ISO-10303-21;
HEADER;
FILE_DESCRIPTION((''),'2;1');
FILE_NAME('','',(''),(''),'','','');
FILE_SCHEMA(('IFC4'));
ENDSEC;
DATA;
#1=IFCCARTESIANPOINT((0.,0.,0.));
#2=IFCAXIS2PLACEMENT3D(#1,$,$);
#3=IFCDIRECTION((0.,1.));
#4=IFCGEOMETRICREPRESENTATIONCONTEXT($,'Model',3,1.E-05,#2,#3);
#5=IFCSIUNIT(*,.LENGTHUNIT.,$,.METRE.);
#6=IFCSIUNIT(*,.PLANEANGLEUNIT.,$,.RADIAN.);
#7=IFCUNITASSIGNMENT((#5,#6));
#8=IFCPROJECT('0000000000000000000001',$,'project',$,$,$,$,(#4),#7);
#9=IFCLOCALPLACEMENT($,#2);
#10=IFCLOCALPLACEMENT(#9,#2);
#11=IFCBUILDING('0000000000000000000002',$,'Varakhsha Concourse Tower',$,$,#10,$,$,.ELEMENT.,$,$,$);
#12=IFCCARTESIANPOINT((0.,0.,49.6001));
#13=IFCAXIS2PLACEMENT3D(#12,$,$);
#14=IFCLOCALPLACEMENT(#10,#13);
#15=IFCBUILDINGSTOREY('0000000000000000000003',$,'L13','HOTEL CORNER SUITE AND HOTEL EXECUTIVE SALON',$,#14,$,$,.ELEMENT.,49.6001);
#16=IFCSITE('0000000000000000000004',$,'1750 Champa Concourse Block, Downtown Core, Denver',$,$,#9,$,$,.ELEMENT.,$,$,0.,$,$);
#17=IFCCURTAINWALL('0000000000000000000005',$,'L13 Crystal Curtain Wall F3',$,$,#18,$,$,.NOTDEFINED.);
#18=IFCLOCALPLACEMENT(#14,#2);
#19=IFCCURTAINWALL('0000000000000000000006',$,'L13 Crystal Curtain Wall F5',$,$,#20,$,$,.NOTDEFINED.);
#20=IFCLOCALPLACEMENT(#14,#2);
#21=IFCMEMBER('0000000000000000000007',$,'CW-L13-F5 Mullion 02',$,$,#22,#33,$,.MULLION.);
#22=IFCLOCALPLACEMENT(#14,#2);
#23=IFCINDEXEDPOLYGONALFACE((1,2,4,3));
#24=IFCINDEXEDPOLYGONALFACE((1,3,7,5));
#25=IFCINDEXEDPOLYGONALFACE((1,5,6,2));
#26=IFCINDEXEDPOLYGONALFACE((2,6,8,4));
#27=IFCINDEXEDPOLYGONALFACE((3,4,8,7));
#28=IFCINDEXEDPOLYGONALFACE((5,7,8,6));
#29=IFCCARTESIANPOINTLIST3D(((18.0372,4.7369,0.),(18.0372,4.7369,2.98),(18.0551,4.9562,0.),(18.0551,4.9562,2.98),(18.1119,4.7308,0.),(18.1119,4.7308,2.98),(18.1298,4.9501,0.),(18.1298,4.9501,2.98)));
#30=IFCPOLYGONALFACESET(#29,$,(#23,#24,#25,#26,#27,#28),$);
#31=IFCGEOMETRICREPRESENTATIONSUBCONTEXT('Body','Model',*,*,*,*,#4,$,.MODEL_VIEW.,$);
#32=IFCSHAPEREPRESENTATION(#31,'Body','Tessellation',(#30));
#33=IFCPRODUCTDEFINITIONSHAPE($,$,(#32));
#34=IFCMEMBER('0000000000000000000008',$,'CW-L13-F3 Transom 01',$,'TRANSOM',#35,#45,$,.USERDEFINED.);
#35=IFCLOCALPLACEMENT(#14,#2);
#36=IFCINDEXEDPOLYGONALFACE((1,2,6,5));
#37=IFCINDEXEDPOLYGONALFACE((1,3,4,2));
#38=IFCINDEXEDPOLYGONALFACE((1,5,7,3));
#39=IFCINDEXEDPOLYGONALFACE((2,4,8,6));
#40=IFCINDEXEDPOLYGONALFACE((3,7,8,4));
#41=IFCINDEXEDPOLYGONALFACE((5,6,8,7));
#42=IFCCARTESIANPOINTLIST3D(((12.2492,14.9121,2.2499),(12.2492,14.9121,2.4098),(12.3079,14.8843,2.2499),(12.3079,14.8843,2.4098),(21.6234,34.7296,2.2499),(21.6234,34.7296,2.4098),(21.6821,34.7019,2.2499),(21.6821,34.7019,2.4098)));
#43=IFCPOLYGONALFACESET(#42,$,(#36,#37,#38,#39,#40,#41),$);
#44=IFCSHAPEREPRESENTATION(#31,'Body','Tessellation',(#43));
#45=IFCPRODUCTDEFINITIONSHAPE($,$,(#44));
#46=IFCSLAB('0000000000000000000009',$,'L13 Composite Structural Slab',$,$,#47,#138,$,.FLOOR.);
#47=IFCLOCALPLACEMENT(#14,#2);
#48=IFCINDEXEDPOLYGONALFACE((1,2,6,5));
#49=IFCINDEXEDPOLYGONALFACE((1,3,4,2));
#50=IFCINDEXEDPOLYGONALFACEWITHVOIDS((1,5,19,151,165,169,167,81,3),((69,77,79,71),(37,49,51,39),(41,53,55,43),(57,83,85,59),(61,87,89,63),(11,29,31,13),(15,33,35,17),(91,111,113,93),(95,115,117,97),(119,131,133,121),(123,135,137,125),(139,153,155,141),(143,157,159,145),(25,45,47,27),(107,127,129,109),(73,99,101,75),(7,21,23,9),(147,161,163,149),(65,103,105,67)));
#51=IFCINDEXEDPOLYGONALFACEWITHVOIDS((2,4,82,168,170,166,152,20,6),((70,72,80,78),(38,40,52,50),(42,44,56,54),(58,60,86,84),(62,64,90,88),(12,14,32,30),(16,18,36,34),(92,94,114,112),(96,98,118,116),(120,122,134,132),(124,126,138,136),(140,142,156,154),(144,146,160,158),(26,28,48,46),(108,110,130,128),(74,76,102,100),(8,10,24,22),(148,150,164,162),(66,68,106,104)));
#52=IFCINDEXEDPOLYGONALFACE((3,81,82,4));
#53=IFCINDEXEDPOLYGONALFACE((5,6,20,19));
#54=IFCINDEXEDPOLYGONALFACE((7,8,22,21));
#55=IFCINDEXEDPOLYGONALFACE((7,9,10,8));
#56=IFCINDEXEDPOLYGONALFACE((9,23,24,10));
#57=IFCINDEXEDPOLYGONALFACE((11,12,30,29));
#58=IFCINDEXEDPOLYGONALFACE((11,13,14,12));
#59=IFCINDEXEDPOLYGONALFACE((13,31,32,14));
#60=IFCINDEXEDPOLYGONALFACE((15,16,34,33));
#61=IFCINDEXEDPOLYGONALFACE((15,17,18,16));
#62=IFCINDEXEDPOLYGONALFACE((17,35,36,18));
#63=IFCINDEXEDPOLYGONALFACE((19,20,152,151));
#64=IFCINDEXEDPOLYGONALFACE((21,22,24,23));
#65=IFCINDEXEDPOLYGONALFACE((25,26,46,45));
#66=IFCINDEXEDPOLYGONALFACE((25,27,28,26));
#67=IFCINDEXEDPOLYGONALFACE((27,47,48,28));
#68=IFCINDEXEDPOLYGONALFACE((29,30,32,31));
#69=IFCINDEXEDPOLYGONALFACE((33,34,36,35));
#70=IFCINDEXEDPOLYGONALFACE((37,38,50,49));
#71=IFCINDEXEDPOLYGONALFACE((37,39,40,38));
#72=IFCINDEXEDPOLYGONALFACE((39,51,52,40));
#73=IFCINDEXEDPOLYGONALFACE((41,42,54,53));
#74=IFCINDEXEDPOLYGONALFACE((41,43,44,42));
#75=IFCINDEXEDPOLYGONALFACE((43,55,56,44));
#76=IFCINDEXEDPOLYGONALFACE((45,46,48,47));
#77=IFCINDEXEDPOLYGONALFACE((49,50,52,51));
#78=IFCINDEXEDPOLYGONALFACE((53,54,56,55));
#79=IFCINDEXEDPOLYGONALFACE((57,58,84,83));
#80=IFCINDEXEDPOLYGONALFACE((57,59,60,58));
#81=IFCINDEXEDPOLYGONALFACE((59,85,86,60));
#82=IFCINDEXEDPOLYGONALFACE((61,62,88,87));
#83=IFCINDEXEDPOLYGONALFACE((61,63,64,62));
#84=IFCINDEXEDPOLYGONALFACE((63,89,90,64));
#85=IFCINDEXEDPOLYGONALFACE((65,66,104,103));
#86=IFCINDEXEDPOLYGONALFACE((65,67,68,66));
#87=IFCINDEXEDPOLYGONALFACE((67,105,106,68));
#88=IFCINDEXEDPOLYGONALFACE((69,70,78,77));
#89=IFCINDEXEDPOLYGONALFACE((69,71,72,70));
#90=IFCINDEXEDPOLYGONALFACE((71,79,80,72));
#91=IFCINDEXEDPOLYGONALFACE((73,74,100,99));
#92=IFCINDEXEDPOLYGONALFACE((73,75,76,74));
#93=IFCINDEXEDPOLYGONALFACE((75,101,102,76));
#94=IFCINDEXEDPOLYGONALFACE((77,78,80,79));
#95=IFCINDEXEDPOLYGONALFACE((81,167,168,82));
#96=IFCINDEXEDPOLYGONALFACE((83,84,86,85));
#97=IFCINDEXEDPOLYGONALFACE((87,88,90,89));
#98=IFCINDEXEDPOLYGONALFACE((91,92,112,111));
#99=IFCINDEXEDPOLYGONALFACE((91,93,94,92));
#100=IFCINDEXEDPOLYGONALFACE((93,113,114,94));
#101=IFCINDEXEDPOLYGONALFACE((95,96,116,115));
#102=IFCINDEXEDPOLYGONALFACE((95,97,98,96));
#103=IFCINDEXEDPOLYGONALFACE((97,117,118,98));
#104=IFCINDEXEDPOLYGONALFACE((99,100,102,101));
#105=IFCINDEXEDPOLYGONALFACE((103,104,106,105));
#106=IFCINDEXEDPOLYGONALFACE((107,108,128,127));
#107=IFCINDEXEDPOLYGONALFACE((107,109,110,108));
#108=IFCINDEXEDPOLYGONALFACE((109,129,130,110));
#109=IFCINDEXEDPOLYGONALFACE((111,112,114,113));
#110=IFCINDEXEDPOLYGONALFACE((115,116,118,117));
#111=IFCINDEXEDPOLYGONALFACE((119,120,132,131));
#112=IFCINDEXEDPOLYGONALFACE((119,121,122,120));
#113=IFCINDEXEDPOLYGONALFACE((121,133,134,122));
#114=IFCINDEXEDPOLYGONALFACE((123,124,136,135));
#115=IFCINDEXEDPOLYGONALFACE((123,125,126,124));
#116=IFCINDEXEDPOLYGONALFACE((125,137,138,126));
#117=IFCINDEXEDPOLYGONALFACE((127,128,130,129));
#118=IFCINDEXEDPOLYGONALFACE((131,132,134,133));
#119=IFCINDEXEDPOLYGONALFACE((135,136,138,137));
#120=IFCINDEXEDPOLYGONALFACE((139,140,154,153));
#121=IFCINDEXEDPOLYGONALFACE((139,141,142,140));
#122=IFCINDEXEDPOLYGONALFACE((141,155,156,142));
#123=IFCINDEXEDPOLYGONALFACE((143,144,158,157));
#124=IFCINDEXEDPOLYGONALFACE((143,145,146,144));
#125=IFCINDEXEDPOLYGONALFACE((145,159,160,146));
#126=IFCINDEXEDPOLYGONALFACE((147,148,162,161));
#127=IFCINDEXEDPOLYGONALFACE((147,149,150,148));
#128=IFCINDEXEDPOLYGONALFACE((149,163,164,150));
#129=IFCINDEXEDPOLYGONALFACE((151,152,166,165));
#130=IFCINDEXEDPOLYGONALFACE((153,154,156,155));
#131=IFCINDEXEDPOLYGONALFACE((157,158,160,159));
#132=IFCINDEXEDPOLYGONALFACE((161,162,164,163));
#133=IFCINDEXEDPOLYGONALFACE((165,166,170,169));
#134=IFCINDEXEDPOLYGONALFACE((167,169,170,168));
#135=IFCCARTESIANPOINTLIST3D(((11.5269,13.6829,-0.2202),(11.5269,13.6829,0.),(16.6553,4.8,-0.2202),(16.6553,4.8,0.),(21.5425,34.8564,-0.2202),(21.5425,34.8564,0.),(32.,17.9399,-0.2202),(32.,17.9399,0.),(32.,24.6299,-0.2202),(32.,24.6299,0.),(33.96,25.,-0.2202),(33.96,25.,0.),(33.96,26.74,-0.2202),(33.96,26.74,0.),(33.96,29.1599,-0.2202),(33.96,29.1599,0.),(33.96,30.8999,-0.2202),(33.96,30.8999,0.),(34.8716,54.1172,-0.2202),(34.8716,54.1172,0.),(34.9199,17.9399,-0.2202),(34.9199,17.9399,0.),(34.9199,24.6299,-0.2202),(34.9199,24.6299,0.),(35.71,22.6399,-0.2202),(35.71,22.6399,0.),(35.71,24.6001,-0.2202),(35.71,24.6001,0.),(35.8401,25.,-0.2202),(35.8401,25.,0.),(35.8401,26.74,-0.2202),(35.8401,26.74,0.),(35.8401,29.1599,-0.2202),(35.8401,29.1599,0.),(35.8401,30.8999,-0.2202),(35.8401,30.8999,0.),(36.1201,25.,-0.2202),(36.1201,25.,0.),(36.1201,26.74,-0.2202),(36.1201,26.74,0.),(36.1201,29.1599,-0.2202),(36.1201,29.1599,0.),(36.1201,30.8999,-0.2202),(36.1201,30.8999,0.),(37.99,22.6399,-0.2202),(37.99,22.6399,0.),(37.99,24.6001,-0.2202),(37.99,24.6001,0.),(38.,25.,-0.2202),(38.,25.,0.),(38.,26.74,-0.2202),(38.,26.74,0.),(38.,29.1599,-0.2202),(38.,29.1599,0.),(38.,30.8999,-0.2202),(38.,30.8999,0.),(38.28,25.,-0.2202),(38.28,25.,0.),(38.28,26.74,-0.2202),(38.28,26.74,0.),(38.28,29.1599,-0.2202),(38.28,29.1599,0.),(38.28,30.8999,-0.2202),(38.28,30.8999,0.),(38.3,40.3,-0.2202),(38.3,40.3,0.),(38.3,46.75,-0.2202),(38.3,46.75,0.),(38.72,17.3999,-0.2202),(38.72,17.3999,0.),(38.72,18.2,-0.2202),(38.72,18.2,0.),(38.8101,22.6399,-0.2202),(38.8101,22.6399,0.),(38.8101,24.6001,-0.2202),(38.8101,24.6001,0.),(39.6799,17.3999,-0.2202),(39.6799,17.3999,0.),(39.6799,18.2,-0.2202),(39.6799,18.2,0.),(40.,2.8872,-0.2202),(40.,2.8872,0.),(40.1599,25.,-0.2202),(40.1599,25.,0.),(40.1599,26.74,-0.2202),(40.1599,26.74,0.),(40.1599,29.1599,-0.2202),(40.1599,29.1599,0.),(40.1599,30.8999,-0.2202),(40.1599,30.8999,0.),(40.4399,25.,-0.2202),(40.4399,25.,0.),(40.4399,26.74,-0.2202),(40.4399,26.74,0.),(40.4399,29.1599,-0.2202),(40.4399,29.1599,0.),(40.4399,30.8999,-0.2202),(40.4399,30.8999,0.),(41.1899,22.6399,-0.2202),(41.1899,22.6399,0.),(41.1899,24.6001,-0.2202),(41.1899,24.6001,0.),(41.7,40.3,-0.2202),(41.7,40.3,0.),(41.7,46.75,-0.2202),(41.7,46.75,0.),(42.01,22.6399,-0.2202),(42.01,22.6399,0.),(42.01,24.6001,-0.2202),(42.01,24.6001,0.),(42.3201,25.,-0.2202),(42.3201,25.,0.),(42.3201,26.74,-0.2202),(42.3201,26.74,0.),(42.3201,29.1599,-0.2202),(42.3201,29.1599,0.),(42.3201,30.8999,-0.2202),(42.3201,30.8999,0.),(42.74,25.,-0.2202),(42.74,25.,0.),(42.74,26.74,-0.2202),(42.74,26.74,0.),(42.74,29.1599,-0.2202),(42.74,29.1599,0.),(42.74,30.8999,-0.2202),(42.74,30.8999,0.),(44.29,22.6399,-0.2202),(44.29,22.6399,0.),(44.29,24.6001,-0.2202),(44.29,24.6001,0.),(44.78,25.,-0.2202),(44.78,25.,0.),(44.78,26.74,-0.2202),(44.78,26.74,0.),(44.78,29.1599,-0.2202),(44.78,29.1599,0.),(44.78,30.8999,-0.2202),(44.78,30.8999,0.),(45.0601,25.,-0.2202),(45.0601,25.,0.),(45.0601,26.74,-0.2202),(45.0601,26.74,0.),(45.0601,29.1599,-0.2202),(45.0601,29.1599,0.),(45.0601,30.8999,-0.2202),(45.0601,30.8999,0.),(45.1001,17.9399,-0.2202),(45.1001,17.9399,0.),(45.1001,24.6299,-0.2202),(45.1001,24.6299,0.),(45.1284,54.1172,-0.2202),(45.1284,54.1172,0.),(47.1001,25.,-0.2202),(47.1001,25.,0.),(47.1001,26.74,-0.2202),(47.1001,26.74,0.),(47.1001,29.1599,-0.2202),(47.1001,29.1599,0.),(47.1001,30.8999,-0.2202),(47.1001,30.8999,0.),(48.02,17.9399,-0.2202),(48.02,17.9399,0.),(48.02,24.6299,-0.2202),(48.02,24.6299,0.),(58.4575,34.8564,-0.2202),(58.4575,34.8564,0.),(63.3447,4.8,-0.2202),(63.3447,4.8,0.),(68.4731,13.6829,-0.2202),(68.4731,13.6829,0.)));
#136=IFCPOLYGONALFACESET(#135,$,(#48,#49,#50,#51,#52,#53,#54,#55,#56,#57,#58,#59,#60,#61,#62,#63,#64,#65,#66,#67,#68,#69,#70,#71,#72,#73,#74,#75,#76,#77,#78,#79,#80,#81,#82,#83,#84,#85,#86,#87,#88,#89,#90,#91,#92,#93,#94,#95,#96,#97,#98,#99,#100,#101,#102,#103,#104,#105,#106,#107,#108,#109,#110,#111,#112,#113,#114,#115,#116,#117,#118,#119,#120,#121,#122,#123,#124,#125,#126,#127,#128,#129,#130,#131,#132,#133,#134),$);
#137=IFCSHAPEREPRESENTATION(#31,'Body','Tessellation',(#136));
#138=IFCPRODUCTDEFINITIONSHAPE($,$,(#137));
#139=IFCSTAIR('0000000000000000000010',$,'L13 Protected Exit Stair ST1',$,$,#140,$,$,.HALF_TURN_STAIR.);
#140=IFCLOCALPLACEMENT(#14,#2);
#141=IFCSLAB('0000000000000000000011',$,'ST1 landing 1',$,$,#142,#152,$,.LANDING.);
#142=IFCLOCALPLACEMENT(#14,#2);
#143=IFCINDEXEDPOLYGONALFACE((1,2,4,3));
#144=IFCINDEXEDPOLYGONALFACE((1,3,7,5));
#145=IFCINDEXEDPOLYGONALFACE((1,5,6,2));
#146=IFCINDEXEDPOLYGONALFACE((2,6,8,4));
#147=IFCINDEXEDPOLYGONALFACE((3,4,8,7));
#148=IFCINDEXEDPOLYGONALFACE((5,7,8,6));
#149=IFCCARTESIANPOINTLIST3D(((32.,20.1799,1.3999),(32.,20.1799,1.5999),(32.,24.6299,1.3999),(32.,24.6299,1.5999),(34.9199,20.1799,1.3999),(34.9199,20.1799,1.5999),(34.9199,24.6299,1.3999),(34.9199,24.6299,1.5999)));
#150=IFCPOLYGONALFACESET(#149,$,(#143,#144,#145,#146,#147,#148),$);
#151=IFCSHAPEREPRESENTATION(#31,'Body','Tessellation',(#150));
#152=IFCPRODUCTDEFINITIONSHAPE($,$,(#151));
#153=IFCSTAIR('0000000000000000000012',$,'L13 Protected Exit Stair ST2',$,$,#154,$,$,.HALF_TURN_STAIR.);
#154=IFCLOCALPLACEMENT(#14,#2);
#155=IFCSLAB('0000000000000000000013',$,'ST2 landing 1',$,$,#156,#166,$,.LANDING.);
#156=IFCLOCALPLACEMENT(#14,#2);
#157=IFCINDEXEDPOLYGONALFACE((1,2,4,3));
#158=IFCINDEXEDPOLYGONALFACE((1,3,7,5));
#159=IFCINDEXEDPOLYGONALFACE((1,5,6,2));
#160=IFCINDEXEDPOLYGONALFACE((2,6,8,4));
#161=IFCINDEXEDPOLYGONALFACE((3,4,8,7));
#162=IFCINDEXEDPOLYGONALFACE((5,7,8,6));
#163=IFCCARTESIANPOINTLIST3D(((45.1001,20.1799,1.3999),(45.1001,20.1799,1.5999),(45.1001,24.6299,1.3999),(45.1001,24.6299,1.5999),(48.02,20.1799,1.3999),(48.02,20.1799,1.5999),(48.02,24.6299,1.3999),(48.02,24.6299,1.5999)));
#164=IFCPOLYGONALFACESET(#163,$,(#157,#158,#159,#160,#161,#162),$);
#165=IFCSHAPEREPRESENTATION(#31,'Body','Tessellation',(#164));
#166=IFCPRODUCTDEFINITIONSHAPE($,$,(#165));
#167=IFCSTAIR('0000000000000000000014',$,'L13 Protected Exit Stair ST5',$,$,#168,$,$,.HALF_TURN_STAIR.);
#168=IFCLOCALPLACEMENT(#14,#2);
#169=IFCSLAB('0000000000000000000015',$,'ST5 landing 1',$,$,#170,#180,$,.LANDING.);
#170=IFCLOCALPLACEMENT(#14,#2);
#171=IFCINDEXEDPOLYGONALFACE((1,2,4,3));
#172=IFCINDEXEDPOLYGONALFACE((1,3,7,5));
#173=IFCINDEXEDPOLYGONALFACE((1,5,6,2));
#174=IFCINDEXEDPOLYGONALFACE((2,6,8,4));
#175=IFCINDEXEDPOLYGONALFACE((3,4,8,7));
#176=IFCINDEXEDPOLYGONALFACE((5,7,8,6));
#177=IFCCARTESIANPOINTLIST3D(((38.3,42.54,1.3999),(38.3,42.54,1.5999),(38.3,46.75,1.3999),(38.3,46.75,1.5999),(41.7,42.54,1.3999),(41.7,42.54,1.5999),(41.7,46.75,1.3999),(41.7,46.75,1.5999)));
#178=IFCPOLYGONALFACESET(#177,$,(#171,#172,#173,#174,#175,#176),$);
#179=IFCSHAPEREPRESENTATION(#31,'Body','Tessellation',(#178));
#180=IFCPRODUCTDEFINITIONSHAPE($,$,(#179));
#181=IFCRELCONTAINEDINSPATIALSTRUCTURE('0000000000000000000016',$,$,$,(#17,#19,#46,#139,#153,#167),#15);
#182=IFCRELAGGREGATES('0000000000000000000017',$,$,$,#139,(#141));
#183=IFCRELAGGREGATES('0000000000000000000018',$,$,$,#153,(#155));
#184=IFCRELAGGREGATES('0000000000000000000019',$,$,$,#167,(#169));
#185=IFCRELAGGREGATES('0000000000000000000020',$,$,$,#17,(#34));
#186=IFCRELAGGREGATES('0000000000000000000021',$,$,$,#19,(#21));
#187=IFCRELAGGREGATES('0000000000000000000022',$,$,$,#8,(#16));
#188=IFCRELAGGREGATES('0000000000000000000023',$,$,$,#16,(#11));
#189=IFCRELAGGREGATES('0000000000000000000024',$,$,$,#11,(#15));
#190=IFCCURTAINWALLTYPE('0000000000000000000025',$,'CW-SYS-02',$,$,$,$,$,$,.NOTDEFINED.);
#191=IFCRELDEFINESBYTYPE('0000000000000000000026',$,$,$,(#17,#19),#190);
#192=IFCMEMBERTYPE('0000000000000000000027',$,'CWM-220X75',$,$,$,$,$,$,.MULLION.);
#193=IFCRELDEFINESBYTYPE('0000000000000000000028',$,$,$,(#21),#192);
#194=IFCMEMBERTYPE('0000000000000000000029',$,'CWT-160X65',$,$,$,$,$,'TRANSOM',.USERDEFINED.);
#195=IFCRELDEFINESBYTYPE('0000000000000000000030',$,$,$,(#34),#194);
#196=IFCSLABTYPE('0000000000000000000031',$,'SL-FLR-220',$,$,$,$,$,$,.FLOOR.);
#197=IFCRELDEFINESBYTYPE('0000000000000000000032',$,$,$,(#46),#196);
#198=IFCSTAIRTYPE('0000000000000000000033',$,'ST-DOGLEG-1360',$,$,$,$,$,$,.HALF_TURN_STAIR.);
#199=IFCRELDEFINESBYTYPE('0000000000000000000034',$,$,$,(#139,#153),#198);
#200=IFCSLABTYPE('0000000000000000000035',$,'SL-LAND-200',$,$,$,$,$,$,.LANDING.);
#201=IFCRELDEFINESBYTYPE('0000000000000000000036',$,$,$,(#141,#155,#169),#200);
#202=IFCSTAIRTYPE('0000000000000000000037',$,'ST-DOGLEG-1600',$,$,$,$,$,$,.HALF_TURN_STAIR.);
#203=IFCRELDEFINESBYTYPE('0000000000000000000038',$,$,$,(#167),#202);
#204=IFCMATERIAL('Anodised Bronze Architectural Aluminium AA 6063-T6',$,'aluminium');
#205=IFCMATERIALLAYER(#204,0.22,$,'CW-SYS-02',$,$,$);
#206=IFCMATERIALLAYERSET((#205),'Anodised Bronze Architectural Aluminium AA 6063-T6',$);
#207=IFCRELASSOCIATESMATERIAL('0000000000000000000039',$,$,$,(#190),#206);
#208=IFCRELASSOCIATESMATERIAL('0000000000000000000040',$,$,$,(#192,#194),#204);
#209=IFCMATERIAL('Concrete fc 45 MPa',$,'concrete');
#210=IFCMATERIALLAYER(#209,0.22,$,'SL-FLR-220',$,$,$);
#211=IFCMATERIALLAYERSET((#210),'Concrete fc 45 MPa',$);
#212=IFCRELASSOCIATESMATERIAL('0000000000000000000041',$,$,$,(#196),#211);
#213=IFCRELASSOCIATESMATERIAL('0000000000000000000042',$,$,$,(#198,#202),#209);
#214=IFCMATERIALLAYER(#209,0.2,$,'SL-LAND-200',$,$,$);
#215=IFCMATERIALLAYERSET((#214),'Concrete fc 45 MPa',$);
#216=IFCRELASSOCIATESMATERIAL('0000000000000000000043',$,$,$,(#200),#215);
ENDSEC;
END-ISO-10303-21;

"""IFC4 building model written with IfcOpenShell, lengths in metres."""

from ifc_helpers import new_model, si_unit, direction, frame, origin, origin_2d, place, context, subcontext, project, spatial, polyline, rectangle, outline, extrude, source, transform, mapped, material, layer, layer_set, material_profile, profile_set, type_object, type_shapes, element, aggregate, save


model = new_model("IFC4")

# Units and contexts
model_context = context("Model", 3, precision=1e-05, world=origin(), true_north=direction((0.0, 1.0)))
body_context = subcontext(model_context, "Body", "Model", "MODEL_VIEW")
ifc_project = project(units=[si_unit("LENGTHUNIT", "METRE"), si_unit("PLANEANGLEUNIT", "RADIAN")], contexts=[model_context])

# Site, building, storey
site_placement = place(None, origin())
site = spatial("IfcSite", under=ifc_project, at=site_placement, Name="1750 Champa Concourse Block, Downtown Core, Denver", CompositionType="ELEMENT", RefElevation=0.0)
building_placement = place(site_placement, origin())
building = spatial("IfcBuilding", under=site, at=building_placement, Name="Varakhsha Concourse Tower", CompositionType="ELEMENT")
storey_placement = place(building_placement, frame((0.0, 0.0, 49.6001)))
storey = spatial("IfcBuildingStorey", under=building, at=storey_placement, Name="L13", Description="HOTEL CORNER SUITE AND HOTEL EXECUTIVE SALON", CompositionType="ELEMENT", Elevation=49.6001)

# Curtain walls, member
ifc_material_1 = material(Name="Anodised Bronze Architectural Aluminium AA 6063-T6", Category="aluminium")
ifc_layer_1 = layer(ifc_material_1, 0.22, Name="CW-SYS-02")
ifc_layer_set_1 = layer_set([ifc_layer_1], Name="Anodised Bronze Architectural Aluminium AA 6063-T6")
curtain_wall_type = type_object("IfcCurtainWallType", Name="CW-SYS-02", PredefinedType="NOTDEFINED", material=ifc_layer_set_1)
curtain_wall_1_placement = place(storey_placement, origin())
curtain_wall_1 = element("IfcCurtainWall", 1, at=curtain_wall_1_placement, inside=storey, type_object=curtain_wall_type, Name="L13 Crystal Curtain Wall F3", PredefinedType="NOTDEFINED")
ifc_material_profile_1 = material_profile(ifc_material_1, rectangle(XDim=0.075, YDim=0.22, at=origin_2d()), Name="CWM-220X75")
ifc_profile_set_1 = profile_set([ifc_material_profile_1], Name="Anodised Bronze Architectural Aluminium AA 6063-T6")
member_type_1 = type_object("IfcMemberType", Name="CWM-220X75", PredefinedType="MULLION", material=ifc_profile_set_1)
shared_shape_1 = source(origin(), body_context, "Body", "SweptSolid", [
    extrude(rectangle(XDim=0.075, YDim=0.22, at=origin_2d()), origin(), (0.0, 0.0, 1.0), 2.98),
])
type_shapes(member_type_1, [shared_shape_1])
curtain_wall_2_placement = place(storey_placement, origin())
curtain_wall_2 = element("IfcCurtainWall", 2, at=curtain_wall_2_placement, inside=storey, type_object=curtain_wall_type, Name="L13 Crystal Curtain Wall F5", PredefinedType="NOTDEFINED")
member_1_placement = place(storey_placement, frame((18.0835, 4.8435, 0.0), z_axis=(0.0, 0.0, 1.0), x_axis=(-0.99666, 0.081664, 0.0)))
member_1 = element("IfcMember", 3, at=member_1_placement, type_object=member_type_1, Name="CW-L13-F5 Mullion 02", PredefinedType="MULLION", context=body_context, shape_type="MappedRepresentation", body=[
    mapped(shared_shape_1, transform((0.0, 0.0, 0.0), scale=1.0)),
])

# Member
ifc_material_profile_2 = material_profile(ifc_material_1, rectangle(XDim=0.0649, YDim=0.1599, at=origin_2d()), Name="CWT-160X65")
ifc_profile_set_2 = profile_set([ifc_material_profile_2], Name="Anodised Bronze Architectural Aluminium AA 6063-T6")
member_type_2 = type_object("IfcMemberType", Name="CWT-160X65", ElementType="TRANSOM", PredefinedType="USERDEFINED", material=ifc_profile_set_2)
shared_shape_2 = source(origin(), body_context, "Body", "SweptSolid", [
    extrude(rectangle(XDim=0.0649, YDim=0.1599, at=origin_2d()), origin(), (0.0, 0.0, 1.0), 21.9229),
])
type_shapes(member_type_2, [shared_shape_2])
member_2_placement = place(storey_placement, frame((12.2786, 14.8982, 2.3298), z_axis=(0.427601, 0.903968, 0.0), x_axis=(-0.903968, 0.427601, 0.0)))
member_2 = element("IfcMember", 4, at=member_2_placement, type_object=member_type_2, Name="CW-L13-F3 Transom 01", ObjectType="TRANSOM", PredefinedType="USERDEFINED", context=body_context, shape_type="MappedRepresentation", body=[
    mapped(shared_shape_2, transform((0.0, 0.0, 0.0), scale=1.0)),
])

# Slab
ifc_material_2 = material(Name="Concrete fc 45 MPa", Category="concrete")
ifc_layer_2 = layer(ifc_material_2, 0.22, Name="SL-FLR-220")
ifc_layer_set_2 = layer_set([ifc_layer_2], Name="Concrete fc 45 MPa")
slab_type_1 = type_object("IfcSlabType", Name="SL-FLR-220", PredefinedType="FLOOR", material=ifc_layer_set_2)
slab_1_placement = place(storey_placement, frame((0.0, 0.0, -0.2202)))
element("IfcSlab", 5, at=slab_1_placement, inside=storey, type_object=slab_type_1, Name="L13 Composite Structural Slab", PredefinedType="FLOOR", context=body_context, shape_type="SweptSolid", body=[
    extrude(outline(polyline([(45.1284, 54.1172), (34.8716, 54.1172), (21.5425, 34.8564), (11.5269, 13.6829), (16.6553, 4.8), (40.0, 2.8872), (63.3447, 4.8), (68.4731, 13.6829), (58.4575, 34.8564), (45.1284, 54.1172)]), holes=[polyline([(34.9199, 17.9399), (34.9199, 24.6299), (32.0, 24.6299), (32.0, 17.9399), (34.9199, 17.9399)]), polyline([(48.02, 17.9399), (48.02, 24.6299), (45.1001, 24.6299), (45.1001, 17.9399), (48.02, 17.9399)]), polyline([(41.7, 40.3), (41.7, 46.75), (38.3, 46.75), (38.3, 40.3), (41.7, 40.3)]), polyline([(33.96, 29.1599), (35.8401, 29.1599), (35.8401, 30.8999), (33.96, 30.8999), (33.96, 29.1599)]), polyline([(36.1201, 29.1599), (38.0, 29.1599), (38.0, 30.8999), (36.1201, 30.8999), (36.1201, 29.1599)]), polyline([(38.28, 29.1599), (40.1599, 29.1599), (40.1599, 30.8999), (38.28, 30.8999), (38.28, 29.1599)]), polyline([(40.4399, 29.1599), (42.3201, 29.1599), (42.3201, 30.8999), (40.4399, 30.8999), (40.4399, 29.1599)]), polyline([(33.96, 25.0), (35.8401, 25.0), (35.8401, 26.74), (33.96, 26.74), (33.96, 25.0)]), polyline([(36.1201, 25.0), (38.0, 25.0), (38.0, 26.74), (36.1201, 26.74), (36.1201, 25.0)]), polyline([(38.28, 25.0), (40.1599, 25.0), (40.1599, 26.74), (38.28, 26.74), (38.28, 25.0)]), polyline([(40.4399, 25.0), (42.3201, 25.0), (42.3201, 26.74), (40.4399, 26.74), (40.4399, 25.0)]), polyline([(42.74, 29.1599), (44.78, 29.1599), (44.78, 30.8999), (42.74, 30.8999), (42.74, 29.1599)]), polyline([(45.0601, 29.1599), (47.1001, 29.1599), (47.1001, 30.8999), (45.0601, 30.8999), (45.0601, 29.1599)]), polyline([(42.74, 25.0), (44.78, 25.0), (44.78, 26.74), (42.74, 26.74), (42.74, 25.0)]), polyline([(45.0601, 25.0), (47.1001, 25.0), (47.1001, 26.74), (45.0601, 26.74), (45.0601, 25.0)]), polyline([(35.71, 22.6399), (37.99, 22.6399), (37.99, 24.6001), (35.71, 24.6001), (35.71, 22.6399)]), polyline([(42.01, 22.6399), (44.29, 22.6399), (44.29, 24.6001), (42.01, 24.6001), (42.01, 22.6399)]), polyline([(38.8101, 22.6399), (41.1899, 22.6399), (41.1899, 24.6001), (38.8101, 24.6001), (38.8101, 22.6399)]), polyline([(38.72, 17.3999), (39.6799, 17.3999), (39.6799, 18.2), (38.72, 18.2), (38.72, 17.3999)])]), origin(), (0.0, 0.0, 1.0), 0.2202),
])

# Stairs, slabs
stair_type_1 = type_object("IfcStairType", Name="ST-DOGLEG-1360", PredefinedType="HALF_TURN_STAIR", material=ifc_material_2)
stair_1_placement = place(storey_placement, origin())
stair_1 = element("IfcStair", 6, at=stair_1_placement, inside=storey, type_object=stair_type_1, Name="L13 Protected Exit Stair ST1", PredefinedType="HALF_TURN_STAIR")
ifc_layer_3 = layer(ifc_material_2, 0.2, Name="SL-LAND-200")
ifc_layer_set_3 = layer_set([ifc_layer_3], Name="Concrete fc 45 MPa")
slab_type_2 = type_object("IfcSlabType", Name="SL-LAND-200", PredefinedType="LANDING", material=ifc_layer_set_3)
slab_2_placement = place(storey_placement, frame((0.0, 0.0, 1.3999)))
slab_2 = element("IfcSlab", 7, at=slab_2_placement, type_object=slab_type_2, Name="ST1 landing 1", PredefinedType="LANDING", context=body_context, shape_type="SweptSolid", body=[
    extrude(outline(polyline([(34.9199, 20.1799), (34.9199, 24.6299), (32.0, 24.6299), (32.0, 20.1799), (34.9199, 20.1799)])), origin(), (0.0, 0.0, 1.0), 0.2),
])
aggregate(stair_1, [slab_2])
stair_2_placement = place(storey_placement, origin())
stair_2 = element("IfcStair", 8, at=stair_2_placement, inside=storey, type_object=stair_type_1, Name="L13 Protected Exit Stair ST2", PredefinedType="HALF_TURN_STAIR")
slab_3_placement = place(storey_placement, frame((0.0, 0.0, 1.3999)))
slab_3 = element("IfcSlab", 9, at=slab_3_placement, type_object=slab_type_2, Name="ST2 landing 1", PredefinedType="LANDING", context=body_context, shape_type="SweptSolid", body=[
    extrude(outline(polyline([(48.02, 20.1799), (48.02, 24.6299), (45.1001, 24.6299), (45.1001, 20.1799), (48.02, 20.1799)])), origin(), (0.0, 0.0, 1.0), 0.2),
])
aggregate(stair_2, [slab_3])
stair_type_2 = type_object("IfcStairType", Name="ST-DOGLEG-1600", PredefinedType="HALF_TURN_STAIR", material=ifc_material_2)
stair_3_placement = place(storey_placement, origin())
stair_3 = element("IfcStair", 10, at=stair_3_placement, inside=storey, type_object=stair_type_2, Name="L13 Protected Exit Stair ST5", PredefinedType="HALF_TURN_STAIR")
slab_4_placement = place(storey_placement, frame((0.0, 0.0, 1.3999)))
slab_4 = element("IfcSlab", 11, at=slab_4_placement, type_object=slab_type_2, Name="ST5 landing 1", PredefinedType="LANDING", context=body_context, shape_type="SweptSolid", body=[
    extrude(outline(polyline([(41.7, 42.54), (41.7, 46.75), (38.3, 46.75), (38.3, 42.54), (41.7, 42.54)])), origin(), (0.0, 0.0, 1.0), 0.2),
])
aggregate(stair_3, [slab_4])

aggregate(curtain_wall_1, [member_2])
aggregate(curtain_wall_2, [member_1])

save(model, "model.ifc")
